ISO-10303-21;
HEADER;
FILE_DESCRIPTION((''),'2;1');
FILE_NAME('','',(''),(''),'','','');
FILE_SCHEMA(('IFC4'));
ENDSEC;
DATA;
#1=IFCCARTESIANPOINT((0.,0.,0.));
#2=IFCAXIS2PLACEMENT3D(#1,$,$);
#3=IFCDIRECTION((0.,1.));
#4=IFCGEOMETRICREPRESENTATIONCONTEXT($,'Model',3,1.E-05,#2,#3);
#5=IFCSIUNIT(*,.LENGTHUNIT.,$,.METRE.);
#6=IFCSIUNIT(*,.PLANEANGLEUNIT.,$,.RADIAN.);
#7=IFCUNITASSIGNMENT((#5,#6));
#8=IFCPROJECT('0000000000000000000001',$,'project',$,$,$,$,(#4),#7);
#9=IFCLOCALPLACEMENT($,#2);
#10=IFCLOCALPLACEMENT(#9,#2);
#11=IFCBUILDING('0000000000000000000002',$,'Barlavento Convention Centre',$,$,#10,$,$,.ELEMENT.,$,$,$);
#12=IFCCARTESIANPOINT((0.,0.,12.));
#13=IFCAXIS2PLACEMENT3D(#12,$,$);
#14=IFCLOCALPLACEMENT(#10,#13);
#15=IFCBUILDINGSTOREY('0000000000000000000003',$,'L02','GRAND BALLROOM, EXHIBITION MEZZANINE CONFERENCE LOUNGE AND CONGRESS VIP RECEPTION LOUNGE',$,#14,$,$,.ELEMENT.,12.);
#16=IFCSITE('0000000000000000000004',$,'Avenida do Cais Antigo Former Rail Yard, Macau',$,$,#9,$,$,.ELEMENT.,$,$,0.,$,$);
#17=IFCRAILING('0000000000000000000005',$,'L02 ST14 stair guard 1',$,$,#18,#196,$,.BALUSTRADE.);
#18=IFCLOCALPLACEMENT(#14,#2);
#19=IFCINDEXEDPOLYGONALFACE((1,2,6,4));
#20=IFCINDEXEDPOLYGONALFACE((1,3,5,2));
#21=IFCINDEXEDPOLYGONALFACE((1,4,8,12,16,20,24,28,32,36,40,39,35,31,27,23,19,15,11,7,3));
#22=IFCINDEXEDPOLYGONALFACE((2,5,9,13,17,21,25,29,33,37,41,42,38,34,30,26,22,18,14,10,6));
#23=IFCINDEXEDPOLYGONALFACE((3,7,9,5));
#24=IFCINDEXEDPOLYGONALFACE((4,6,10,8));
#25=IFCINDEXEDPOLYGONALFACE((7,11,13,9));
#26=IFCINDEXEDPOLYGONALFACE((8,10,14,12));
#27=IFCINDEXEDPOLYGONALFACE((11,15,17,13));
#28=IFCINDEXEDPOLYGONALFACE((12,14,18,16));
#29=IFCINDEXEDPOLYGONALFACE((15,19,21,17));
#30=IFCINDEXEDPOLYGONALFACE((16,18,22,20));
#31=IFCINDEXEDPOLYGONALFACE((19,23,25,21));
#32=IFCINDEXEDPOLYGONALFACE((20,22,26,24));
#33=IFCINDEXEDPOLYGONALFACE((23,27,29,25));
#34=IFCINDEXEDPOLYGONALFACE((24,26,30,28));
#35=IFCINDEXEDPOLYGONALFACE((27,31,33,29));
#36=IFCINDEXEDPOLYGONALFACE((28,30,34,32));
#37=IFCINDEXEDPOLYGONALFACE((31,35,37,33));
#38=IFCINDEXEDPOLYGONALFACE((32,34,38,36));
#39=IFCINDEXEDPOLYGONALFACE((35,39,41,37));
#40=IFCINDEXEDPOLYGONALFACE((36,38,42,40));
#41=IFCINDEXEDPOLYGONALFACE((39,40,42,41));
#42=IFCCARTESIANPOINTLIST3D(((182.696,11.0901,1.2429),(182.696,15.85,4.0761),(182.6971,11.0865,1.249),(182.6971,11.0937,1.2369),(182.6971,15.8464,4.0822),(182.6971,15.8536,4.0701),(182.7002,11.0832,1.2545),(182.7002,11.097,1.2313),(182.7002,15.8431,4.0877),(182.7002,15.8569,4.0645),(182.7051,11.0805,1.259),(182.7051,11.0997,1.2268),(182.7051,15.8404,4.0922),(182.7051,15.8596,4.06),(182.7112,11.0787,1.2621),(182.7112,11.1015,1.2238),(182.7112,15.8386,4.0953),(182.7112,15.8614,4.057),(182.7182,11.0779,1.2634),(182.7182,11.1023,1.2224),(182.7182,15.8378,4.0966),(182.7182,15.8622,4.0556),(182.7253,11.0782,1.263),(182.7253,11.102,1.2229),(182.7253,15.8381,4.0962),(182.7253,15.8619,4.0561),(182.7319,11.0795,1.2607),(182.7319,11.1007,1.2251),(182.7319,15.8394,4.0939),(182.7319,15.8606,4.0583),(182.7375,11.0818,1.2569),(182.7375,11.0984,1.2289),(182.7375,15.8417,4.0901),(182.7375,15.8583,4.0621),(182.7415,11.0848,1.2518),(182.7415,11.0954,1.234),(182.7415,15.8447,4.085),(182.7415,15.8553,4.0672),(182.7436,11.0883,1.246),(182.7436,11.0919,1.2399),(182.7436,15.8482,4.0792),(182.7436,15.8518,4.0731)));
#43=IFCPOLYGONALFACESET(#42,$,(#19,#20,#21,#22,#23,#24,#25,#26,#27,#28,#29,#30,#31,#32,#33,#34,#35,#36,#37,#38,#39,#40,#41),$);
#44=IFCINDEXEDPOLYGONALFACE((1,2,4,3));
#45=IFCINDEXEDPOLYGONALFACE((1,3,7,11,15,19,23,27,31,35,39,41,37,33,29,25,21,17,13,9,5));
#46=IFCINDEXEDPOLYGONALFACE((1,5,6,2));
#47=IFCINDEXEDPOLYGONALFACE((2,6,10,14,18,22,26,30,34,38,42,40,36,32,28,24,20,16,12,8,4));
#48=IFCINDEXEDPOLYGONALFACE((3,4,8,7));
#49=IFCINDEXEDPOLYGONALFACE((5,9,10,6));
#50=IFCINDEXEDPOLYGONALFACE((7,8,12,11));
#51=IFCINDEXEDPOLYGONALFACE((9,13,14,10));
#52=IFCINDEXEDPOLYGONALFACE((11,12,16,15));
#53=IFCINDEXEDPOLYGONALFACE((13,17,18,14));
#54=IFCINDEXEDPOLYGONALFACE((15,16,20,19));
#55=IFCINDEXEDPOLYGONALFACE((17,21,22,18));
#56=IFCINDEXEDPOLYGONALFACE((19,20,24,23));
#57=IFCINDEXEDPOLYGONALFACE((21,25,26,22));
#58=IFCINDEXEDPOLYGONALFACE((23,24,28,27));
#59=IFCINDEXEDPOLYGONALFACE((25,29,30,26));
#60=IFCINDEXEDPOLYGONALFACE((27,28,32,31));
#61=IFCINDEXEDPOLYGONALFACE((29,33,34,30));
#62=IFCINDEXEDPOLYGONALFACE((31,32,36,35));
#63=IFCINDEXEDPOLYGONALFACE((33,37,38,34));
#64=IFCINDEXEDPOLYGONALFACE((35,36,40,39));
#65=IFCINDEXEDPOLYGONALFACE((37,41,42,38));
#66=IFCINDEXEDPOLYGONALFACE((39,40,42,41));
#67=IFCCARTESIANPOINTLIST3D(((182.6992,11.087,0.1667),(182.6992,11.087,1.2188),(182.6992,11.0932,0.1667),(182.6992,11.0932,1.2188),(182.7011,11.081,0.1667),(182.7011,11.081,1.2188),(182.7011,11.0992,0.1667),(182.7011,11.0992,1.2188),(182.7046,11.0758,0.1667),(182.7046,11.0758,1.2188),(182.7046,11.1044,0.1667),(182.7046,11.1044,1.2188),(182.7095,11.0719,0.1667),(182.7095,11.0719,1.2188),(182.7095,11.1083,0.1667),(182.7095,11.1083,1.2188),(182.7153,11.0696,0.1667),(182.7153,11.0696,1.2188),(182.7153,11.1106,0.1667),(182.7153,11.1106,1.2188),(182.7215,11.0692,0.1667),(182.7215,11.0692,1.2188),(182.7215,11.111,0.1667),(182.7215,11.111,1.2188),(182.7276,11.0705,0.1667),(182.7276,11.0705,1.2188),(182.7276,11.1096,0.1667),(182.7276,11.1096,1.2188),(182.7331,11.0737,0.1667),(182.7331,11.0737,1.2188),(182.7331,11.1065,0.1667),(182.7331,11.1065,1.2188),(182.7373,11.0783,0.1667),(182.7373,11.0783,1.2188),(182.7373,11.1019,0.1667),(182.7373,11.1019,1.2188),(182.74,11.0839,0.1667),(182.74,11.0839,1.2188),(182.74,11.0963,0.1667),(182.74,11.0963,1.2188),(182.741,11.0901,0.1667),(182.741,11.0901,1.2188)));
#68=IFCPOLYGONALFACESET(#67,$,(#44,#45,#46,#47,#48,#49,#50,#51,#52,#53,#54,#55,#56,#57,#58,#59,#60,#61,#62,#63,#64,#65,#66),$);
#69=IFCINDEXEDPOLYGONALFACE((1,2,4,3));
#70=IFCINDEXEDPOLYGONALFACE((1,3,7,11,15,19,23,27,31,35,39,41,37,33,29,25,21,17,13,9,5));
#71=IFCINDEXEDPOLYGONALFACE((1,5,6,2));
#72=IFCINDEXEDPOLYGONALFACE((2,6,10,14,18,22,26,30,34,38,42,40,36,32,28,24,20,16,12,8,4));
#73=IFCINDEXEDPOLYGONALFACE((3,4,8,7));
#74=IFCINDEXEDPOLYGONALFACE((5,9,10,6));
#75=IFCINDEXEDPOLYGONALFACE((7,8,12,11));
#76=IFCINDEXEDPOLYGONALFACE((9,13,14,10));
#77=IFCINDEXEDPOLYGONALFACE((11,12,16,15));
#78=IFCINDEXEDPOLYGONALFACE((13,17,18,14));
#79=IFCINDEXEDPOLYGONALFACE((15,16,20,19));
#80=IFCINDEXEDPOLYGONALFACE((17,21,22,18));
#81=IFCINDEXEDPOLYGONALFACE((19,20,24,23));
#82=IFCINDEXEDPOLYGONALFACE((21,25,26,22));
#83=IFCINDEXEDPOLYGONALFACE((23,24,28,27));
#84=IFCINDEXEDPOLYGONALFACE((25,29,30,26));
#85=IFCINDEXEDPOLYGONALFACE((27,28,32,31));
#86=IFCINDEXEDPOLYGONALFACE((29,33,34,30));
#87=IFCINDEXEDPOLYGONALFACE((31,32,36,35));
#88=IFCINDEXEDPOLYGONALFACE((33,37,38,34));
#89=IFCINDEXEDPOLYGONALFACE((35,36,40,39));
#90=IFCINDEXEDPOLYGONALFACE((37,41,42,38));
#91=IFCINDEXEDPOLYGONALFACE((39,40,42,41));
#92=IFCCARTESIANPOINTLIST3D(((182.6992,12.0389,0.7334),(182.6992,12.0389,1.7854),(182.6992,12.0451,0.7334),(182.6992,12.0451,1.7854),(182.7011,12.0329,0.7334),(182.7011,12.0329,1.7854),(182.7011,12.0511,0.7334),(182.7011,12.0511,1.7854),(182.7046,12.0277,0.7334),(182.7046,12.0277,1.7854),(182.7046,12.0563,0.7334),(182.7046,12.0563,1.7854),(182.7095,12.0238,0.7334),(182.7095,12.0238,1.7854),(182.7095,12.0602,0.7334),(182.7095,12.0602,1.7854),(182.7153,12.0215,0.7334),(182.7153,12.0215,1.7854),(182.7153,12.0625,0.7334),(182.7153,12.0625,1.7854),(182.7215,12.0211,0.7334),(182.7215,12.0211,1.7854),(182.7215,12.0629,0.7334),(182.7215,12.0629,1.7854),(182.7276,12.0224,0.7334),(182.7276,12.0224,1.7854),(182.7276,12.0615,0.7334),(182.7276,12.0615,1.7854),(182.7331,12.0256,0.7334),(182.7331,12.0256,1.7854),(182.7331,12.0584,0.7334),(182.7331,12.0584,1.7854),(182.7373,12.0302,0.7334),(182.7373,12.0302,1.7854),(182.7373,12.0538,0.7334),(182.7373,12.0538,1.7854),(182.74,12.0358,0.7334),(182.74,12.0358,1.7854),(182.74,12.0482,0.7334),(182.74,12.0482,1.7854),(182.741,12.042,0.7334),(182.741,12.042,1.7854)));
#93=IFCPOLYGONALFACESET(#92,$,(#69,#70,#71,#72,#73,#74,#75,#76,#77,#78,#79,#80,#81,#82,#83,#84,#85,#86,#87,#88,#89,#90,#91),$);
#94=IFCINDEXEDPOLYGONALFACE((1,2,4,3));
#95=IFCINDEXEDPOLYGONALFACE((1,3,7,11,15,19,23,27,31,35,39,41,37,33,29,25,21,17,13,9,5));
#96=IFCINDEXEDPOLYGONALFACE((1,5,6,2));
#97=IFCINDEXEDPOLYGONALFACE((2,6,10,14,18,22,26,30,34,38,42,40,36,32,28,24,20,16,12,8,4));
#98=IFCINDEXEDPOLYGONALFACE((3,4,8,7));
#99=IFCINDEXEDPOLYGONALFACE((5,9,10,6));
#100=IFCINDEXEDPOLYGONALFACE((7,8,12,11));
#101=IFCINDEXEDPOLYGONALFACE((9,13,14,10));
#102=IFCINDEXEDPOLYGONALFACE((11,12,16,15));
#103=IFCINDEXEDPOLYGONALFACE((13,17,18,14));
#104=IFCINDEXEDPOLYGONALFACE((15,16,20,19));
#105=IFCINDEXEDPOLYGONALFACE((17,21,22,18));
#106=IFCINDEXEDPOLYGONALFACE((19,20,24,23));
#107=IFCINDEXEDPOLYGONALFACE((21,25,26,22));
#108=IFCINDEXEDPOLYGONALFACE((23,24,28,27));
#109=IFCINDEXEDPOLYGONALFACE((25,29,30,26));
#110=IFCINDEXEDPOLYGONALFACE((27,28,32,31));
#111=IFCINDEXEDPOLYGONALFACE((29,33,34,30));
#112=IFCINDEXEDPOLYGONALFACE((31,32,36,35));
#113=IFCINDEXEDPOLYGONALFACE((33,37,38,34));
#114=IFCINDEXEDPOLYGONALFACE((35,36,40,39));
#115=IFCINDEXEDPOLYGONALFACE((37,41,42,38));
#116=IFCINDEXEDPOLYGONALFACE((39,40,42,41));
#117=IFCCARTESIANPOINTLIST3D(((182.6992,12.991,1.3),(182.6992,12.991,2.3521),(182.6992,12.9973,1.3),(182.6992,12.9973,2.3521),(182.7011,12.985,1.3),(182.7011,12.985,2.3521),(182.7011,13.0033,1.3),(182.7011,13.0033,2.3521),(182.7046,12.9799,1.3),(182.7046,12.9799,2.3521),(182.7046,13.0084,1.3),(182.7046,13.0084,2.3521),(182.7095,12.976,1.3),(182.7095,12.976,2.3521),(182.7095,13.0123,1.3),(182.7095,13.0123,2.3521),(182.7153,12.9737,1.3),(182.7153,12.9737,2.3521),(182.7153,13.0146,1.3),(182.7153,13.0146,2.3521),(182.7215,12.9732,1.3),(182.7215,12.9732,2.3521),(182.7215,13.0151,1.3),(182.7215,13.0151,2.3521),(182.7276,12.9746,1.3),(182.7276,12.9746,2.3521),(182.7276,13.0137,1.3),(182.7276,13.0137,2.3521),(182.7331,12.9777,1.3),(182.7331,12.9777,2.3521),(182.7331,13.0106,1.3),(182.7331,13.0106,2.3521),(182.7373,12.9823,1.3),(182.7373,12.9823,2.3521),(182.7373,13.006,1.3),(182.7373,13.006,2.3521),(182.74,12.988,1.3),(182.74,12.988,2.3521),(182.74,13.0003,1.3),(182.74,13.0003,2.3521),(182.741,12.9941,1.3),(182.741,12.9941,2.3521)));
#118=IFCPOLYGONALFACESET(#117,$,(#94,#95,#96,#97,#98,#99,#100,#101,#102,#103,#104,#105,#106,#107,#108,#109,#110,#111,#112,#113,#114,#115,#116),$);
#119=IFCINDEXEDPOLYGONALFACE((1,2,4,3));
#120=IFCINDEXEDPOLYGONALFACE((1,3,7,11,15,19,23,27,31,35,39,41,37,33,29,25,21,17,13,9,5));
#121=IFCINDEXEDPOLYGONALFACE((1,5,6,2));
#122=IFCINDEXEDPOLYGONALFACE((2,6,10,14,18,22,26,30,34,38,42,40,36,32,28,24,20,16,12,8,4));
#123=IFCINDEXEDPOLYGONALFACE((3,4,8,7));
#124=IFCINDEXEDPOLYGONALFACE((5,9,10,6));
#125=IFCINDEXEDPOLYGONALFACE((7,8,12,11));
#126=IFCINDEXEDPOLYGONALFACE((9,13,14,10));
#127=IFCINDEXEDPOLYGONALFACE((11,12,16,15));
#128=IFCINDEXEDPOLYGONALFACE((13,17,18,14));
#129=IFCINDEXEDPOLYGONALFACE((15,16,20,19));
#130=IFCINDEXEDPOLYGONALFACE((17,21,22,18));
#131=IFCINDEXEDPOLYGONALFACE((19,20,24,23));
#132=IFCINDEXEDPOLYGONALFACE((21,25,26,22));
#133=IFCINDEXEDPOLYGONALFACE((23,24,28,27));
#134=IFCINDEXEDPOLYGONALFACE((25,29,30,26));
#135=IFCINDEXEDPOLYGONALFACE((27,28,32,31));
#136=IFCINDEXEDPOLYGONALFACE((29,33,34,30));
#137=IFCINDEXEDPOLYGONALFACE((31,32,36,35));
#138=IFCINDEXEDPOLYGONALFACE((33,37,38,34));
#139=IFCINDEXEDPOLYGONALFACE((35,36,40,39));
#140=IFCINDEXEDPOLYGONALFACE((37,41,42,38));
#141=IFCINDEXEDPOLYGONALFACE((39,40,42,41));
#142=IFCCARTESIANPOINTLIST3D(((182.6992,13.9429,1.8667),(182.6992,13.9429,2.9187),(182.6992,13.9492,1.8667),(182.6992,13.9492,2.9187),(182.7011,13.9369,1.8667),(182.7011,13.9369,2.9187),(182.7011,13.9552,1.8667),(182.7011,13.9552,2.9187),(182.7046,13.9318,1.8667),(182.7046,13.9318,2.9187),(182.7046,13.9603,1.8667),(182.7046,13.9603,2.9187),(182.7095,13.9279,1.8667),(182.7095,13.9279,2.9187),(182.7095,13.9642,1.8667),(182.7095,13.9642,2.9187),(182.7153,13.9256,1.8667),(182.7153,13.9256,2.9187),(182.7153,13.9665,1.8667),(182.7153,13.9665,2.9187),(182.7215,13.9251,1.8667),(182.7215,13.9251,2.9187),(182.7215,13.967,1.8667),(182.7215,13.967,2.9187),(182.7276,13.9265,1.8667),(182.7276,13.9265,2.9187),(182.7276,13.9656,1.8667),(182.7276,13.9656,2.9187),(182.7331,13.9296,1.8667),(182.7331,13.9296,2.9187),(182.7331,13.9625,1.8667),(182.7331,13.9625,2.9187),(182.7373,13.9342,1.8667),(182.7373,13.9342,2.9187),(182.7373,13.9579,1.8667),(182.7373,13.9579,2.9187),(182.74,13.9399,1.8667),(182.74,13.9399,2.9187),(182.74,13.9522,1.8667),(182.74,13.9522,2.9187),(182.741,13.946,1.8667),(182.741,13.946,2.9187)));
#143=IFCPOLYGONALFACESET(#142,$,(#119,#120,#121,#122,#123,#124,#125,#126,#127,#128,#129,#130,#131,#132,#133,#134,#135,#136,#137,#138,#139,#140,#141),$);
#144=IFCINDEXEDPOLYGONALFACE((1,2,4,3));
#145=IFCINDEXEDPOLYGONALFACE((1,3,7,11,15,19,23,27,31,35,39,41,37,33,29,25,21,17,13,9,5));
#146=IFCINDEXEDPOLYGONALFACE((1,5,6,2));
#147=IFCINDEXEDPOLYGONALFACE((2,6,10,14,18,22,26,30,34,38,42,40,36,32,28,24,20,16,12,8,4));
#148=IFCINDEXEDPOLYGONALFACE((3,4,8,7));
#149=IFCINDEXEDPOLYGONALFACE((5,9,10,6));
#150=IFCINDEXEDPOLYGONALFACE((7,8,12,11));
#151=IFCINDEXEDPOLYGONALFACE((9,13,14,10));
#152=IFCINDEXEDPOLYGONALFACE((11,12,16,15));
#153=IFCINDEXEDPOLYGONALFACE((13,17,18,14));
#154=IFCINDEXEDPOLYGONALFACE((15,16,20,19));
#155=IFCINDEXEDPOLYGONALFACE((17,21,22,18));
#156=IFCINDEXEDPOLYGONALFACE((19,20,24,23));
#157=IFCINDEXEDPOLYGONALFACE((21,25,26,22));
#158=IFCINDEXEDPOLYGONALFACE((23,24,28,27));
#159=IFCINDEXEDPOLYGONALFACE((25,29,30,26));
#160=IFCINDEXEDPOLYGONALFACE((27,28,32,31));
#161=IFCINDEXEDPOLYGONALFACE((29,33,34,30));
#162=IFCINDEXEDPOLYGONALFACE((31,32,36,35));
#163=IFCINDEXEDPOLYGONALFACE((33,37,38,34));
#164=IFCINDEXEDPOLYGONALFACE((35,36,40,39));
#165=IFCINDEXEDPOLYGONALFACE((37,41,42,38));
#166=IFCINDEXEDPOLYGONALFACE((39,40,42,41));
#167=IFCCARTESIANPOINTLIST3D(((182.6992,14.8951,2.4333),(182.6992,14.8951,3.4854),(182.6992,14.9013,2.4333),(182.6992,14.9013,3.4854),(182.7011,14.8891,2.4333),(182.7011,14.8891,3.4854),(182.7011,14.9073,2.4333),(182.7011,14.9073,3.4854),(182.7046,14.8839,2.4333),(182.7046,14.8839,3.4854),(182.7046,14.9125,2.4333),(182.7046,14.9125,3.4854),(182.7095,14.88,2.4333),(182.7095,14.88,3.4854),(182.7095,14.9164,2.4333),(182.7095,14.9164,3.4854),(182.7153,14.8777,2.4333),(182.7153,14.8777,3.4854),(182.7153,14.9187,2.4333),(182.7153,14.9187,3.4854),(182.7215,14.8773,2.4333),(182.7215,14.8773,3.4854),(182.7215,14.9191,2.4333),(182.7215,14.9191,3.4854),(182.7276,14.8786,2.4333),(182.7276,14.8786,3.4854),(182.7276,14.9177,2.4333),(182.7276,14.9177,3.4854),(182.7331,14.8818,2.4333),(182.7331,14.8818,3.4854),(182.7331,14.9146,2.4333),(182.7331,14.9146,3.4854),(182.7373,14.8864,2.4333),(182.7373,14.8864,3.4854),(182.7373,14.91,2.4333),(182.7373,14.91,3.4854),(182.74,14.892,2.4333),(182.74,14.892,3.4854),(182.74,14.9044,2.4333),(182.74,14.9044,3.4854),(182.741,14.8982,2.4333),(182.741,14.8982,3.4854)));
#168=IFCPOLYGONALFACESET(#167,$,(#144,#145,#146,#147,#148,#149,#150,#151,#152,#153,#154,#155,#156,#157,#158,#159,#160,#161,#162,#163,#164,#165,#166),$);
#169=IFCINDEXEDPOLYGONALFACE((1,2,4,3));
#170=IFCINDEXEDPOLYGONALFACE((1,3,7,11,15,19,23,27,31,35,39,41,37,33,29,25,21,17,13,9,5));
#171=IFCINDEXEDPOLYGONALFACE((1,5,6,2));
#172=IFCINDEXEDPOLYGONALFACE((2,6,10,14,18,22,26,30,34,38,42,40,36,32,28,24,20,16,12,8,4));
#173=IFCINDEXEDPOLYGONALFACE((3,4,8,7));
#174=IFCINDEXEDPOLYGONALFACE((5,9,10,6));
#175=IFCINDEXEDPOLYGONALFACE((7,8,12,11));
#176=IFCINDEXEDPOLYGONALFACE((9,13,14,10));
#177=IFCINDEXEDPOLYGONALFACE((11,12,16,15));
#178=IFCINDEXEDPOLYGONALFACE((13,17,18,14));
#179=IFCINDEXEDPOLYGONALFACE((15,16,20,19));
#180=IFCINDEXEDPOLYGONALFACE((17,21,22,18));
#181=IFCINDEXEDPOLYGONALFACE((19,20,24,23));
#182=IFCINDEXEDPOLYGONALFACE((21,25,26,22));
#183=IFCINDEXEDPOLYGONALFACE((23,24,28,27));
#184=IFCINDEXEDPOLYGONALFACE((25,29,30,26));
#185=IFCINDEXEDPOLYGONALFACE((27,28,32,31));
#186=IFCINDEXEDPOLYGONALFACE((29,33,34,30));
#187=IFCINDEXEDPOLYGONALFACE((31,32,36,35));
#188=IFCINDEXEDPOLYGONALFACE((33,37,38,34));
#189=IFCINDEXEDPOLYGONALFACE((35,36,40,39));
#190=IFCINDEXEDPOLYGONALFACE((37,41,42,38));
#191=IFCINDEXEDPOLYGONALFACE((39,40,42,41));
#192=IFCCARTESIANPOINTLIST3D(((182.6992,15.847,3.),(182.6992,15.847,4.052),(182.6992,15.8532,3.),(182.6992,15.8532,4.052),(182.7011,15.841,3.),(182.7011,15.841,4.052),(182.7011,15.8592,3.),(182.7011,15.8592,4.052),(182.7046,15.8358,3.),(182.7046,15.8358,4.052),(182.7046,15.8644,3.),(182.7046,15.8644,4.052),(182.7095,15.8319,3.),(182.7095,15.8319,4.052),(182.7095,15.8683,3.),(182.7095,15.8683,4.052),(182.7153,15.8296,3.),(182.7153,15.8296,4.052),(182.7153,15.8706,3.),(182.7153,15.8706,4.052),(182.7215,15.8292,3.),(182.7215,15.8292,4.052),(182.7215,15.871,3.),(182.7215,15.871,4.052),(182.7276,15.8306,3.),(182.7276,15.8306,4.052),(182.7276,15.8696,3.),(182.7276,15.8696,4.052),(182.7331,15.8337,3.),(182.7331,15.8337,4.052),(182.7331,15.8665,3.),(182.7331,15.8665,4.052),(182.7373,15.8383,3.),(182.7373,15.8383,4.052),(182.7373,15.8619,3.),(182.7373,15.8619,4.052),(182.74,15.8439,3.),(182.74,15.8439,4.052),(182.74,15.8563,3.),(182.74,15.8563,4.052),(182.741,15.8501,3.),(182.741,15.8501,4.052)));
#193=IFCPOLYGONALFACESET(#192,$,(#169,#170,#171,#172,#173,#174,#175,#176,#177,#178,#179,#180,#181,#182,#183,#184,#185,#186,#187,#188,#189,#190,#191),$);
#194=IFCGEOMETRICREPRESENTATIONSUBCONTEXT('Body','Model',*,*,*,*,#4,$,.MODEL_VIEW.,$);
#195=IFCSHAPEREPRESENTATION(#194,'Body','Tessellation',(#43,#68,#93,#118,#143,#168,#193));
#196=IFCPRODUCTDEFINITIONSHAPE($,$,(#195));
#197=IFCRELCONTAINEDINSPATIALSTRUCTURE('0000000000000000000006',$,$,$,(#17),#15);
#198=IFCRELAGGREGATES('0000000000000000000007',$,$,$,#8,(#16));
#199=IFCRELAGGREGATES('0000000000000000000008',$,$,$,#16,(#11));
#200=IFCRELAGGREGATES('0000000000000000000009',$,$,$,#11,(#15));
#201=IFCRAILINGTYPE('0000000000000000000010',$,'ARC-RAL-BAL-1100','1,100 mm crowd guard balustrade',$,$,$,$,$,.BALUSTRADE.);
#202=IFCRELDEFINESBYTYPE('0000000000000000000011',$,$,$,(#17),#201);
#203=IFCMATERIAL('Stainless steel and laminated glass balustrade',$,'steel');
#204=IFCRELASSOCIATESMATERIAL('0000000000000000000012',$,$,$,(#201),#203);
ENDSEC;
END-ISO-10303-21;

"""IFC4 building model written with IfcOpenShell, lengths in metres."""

from ifc_helpers import new_model, si_unit, direction, frame, origin, origin_2d, place, context, subcontext, project, spatial, circle, extrude, material, type_object, element, save


model = new_model("IFC4")

# Units and contexts
model_context = context("Model", 3, precision=1e-05, world=origin(), true_north=direction((0.0, 1.0)))
body_context = subcontext(model_context, "Body", "Model", "MODEL_VIEW")
ifc_project = project(units=[si_unit("LENGTHUNIT", "METRE"), si_unit("PLANEANGLEUNIT", "RADIAN")], contexts=[model_context])

# Site, building, storey
site_placement = place(None, origin())
site = spatial("IfcSite", under=ifc_project, at=site_placement, Name="Avenida do Cais Antigo Former Rail Yard, Macau", CompositionType="ELEMENT", RefElevation=0.0)
building_placement = place(site_placement, origin())
building = spatial("IfcBuilding", under=site, at=building_placement, Name="Barlavento Convention Centre", CompositionType="ELEMENT")
storey_placement = place(building_placement, frame((0.0, 0.0, 12.0)))
storey = spatial("IfcBuildingStorey", under=building, at=storey_placement, Name="L02", Description="GRAND BALLROOM, EXHIBITION MEZZANINE CONFERENCE LOUNGE AND CONGRESS VIP RECEPTION LOUNGE", CompositionType="ELEMENT", Elevation=12.0)

# Railing
ifc_material_1 = material(Name="Stainless steel and laminated glass balustrade", Category="steel")
railing_type_1 = type_object("IfcRailingType", Name="ARC-RAL-BAL-1100", Description="1,100 mm crowd guard balustrade", PredefinedType="BALUSTRADE", material=ifc_material_1)
railing_1_placement = place(storey_placement, frame((182.72, 11.0901, 0.1667)))
element("IfcRailing", 1, at=railing_1_placement, inside=storey, type_object=railing_type_1, Name="L02 ST14 stair guard 1", PredefinedType="BALUSTRADE", context=body_context, shape_type="SweptSolid", body=[
    extrude(circle(Radius=0.0239, at=origin_2d()), frame((0.0, 0.0, 1.0762), z_axis=(0.0, 0.8593, 0.511472), x_axis=(-1.0, 0.0, 0.0)), (0.0, 0.0, 1.0), 5.5393),
    extrude(circle(Radius=0.021, at=origin_2d()), origin(), (0.0, 0.0, 1.0), 1.052),
    extrude(circle(Radius=0.021, at=origin_2d()), frame((0.0, 0.9519, 0.5667)), (0.0, 0.0, 1.0), 1.052),
    extrude(circle(Radius=0.021, at=origin_2d()), frame((0.0, 1.9041, 1.1333)), (0.0, 0.0, 1.0), 1.052),
    extrude(circle(Radius=0.021, at=origin_2d()), frame((0.0, 2.856, 1.7)), (0.0, 0.0, 1.0), 1.052),
    extrude(circle(Radius=0.021, at=origin_2d()), frame((0.0, 3.8081, 2.2666)), (0.0, 0.0, 1.0), 1.052),
    extrude(circle(Radius=0.021, at=origin_2d()), frame((0.0, 4.76, 2.8333)), (0.0, 0.0, 1.0), 1.052),
])

save(model, "model.ifc")
